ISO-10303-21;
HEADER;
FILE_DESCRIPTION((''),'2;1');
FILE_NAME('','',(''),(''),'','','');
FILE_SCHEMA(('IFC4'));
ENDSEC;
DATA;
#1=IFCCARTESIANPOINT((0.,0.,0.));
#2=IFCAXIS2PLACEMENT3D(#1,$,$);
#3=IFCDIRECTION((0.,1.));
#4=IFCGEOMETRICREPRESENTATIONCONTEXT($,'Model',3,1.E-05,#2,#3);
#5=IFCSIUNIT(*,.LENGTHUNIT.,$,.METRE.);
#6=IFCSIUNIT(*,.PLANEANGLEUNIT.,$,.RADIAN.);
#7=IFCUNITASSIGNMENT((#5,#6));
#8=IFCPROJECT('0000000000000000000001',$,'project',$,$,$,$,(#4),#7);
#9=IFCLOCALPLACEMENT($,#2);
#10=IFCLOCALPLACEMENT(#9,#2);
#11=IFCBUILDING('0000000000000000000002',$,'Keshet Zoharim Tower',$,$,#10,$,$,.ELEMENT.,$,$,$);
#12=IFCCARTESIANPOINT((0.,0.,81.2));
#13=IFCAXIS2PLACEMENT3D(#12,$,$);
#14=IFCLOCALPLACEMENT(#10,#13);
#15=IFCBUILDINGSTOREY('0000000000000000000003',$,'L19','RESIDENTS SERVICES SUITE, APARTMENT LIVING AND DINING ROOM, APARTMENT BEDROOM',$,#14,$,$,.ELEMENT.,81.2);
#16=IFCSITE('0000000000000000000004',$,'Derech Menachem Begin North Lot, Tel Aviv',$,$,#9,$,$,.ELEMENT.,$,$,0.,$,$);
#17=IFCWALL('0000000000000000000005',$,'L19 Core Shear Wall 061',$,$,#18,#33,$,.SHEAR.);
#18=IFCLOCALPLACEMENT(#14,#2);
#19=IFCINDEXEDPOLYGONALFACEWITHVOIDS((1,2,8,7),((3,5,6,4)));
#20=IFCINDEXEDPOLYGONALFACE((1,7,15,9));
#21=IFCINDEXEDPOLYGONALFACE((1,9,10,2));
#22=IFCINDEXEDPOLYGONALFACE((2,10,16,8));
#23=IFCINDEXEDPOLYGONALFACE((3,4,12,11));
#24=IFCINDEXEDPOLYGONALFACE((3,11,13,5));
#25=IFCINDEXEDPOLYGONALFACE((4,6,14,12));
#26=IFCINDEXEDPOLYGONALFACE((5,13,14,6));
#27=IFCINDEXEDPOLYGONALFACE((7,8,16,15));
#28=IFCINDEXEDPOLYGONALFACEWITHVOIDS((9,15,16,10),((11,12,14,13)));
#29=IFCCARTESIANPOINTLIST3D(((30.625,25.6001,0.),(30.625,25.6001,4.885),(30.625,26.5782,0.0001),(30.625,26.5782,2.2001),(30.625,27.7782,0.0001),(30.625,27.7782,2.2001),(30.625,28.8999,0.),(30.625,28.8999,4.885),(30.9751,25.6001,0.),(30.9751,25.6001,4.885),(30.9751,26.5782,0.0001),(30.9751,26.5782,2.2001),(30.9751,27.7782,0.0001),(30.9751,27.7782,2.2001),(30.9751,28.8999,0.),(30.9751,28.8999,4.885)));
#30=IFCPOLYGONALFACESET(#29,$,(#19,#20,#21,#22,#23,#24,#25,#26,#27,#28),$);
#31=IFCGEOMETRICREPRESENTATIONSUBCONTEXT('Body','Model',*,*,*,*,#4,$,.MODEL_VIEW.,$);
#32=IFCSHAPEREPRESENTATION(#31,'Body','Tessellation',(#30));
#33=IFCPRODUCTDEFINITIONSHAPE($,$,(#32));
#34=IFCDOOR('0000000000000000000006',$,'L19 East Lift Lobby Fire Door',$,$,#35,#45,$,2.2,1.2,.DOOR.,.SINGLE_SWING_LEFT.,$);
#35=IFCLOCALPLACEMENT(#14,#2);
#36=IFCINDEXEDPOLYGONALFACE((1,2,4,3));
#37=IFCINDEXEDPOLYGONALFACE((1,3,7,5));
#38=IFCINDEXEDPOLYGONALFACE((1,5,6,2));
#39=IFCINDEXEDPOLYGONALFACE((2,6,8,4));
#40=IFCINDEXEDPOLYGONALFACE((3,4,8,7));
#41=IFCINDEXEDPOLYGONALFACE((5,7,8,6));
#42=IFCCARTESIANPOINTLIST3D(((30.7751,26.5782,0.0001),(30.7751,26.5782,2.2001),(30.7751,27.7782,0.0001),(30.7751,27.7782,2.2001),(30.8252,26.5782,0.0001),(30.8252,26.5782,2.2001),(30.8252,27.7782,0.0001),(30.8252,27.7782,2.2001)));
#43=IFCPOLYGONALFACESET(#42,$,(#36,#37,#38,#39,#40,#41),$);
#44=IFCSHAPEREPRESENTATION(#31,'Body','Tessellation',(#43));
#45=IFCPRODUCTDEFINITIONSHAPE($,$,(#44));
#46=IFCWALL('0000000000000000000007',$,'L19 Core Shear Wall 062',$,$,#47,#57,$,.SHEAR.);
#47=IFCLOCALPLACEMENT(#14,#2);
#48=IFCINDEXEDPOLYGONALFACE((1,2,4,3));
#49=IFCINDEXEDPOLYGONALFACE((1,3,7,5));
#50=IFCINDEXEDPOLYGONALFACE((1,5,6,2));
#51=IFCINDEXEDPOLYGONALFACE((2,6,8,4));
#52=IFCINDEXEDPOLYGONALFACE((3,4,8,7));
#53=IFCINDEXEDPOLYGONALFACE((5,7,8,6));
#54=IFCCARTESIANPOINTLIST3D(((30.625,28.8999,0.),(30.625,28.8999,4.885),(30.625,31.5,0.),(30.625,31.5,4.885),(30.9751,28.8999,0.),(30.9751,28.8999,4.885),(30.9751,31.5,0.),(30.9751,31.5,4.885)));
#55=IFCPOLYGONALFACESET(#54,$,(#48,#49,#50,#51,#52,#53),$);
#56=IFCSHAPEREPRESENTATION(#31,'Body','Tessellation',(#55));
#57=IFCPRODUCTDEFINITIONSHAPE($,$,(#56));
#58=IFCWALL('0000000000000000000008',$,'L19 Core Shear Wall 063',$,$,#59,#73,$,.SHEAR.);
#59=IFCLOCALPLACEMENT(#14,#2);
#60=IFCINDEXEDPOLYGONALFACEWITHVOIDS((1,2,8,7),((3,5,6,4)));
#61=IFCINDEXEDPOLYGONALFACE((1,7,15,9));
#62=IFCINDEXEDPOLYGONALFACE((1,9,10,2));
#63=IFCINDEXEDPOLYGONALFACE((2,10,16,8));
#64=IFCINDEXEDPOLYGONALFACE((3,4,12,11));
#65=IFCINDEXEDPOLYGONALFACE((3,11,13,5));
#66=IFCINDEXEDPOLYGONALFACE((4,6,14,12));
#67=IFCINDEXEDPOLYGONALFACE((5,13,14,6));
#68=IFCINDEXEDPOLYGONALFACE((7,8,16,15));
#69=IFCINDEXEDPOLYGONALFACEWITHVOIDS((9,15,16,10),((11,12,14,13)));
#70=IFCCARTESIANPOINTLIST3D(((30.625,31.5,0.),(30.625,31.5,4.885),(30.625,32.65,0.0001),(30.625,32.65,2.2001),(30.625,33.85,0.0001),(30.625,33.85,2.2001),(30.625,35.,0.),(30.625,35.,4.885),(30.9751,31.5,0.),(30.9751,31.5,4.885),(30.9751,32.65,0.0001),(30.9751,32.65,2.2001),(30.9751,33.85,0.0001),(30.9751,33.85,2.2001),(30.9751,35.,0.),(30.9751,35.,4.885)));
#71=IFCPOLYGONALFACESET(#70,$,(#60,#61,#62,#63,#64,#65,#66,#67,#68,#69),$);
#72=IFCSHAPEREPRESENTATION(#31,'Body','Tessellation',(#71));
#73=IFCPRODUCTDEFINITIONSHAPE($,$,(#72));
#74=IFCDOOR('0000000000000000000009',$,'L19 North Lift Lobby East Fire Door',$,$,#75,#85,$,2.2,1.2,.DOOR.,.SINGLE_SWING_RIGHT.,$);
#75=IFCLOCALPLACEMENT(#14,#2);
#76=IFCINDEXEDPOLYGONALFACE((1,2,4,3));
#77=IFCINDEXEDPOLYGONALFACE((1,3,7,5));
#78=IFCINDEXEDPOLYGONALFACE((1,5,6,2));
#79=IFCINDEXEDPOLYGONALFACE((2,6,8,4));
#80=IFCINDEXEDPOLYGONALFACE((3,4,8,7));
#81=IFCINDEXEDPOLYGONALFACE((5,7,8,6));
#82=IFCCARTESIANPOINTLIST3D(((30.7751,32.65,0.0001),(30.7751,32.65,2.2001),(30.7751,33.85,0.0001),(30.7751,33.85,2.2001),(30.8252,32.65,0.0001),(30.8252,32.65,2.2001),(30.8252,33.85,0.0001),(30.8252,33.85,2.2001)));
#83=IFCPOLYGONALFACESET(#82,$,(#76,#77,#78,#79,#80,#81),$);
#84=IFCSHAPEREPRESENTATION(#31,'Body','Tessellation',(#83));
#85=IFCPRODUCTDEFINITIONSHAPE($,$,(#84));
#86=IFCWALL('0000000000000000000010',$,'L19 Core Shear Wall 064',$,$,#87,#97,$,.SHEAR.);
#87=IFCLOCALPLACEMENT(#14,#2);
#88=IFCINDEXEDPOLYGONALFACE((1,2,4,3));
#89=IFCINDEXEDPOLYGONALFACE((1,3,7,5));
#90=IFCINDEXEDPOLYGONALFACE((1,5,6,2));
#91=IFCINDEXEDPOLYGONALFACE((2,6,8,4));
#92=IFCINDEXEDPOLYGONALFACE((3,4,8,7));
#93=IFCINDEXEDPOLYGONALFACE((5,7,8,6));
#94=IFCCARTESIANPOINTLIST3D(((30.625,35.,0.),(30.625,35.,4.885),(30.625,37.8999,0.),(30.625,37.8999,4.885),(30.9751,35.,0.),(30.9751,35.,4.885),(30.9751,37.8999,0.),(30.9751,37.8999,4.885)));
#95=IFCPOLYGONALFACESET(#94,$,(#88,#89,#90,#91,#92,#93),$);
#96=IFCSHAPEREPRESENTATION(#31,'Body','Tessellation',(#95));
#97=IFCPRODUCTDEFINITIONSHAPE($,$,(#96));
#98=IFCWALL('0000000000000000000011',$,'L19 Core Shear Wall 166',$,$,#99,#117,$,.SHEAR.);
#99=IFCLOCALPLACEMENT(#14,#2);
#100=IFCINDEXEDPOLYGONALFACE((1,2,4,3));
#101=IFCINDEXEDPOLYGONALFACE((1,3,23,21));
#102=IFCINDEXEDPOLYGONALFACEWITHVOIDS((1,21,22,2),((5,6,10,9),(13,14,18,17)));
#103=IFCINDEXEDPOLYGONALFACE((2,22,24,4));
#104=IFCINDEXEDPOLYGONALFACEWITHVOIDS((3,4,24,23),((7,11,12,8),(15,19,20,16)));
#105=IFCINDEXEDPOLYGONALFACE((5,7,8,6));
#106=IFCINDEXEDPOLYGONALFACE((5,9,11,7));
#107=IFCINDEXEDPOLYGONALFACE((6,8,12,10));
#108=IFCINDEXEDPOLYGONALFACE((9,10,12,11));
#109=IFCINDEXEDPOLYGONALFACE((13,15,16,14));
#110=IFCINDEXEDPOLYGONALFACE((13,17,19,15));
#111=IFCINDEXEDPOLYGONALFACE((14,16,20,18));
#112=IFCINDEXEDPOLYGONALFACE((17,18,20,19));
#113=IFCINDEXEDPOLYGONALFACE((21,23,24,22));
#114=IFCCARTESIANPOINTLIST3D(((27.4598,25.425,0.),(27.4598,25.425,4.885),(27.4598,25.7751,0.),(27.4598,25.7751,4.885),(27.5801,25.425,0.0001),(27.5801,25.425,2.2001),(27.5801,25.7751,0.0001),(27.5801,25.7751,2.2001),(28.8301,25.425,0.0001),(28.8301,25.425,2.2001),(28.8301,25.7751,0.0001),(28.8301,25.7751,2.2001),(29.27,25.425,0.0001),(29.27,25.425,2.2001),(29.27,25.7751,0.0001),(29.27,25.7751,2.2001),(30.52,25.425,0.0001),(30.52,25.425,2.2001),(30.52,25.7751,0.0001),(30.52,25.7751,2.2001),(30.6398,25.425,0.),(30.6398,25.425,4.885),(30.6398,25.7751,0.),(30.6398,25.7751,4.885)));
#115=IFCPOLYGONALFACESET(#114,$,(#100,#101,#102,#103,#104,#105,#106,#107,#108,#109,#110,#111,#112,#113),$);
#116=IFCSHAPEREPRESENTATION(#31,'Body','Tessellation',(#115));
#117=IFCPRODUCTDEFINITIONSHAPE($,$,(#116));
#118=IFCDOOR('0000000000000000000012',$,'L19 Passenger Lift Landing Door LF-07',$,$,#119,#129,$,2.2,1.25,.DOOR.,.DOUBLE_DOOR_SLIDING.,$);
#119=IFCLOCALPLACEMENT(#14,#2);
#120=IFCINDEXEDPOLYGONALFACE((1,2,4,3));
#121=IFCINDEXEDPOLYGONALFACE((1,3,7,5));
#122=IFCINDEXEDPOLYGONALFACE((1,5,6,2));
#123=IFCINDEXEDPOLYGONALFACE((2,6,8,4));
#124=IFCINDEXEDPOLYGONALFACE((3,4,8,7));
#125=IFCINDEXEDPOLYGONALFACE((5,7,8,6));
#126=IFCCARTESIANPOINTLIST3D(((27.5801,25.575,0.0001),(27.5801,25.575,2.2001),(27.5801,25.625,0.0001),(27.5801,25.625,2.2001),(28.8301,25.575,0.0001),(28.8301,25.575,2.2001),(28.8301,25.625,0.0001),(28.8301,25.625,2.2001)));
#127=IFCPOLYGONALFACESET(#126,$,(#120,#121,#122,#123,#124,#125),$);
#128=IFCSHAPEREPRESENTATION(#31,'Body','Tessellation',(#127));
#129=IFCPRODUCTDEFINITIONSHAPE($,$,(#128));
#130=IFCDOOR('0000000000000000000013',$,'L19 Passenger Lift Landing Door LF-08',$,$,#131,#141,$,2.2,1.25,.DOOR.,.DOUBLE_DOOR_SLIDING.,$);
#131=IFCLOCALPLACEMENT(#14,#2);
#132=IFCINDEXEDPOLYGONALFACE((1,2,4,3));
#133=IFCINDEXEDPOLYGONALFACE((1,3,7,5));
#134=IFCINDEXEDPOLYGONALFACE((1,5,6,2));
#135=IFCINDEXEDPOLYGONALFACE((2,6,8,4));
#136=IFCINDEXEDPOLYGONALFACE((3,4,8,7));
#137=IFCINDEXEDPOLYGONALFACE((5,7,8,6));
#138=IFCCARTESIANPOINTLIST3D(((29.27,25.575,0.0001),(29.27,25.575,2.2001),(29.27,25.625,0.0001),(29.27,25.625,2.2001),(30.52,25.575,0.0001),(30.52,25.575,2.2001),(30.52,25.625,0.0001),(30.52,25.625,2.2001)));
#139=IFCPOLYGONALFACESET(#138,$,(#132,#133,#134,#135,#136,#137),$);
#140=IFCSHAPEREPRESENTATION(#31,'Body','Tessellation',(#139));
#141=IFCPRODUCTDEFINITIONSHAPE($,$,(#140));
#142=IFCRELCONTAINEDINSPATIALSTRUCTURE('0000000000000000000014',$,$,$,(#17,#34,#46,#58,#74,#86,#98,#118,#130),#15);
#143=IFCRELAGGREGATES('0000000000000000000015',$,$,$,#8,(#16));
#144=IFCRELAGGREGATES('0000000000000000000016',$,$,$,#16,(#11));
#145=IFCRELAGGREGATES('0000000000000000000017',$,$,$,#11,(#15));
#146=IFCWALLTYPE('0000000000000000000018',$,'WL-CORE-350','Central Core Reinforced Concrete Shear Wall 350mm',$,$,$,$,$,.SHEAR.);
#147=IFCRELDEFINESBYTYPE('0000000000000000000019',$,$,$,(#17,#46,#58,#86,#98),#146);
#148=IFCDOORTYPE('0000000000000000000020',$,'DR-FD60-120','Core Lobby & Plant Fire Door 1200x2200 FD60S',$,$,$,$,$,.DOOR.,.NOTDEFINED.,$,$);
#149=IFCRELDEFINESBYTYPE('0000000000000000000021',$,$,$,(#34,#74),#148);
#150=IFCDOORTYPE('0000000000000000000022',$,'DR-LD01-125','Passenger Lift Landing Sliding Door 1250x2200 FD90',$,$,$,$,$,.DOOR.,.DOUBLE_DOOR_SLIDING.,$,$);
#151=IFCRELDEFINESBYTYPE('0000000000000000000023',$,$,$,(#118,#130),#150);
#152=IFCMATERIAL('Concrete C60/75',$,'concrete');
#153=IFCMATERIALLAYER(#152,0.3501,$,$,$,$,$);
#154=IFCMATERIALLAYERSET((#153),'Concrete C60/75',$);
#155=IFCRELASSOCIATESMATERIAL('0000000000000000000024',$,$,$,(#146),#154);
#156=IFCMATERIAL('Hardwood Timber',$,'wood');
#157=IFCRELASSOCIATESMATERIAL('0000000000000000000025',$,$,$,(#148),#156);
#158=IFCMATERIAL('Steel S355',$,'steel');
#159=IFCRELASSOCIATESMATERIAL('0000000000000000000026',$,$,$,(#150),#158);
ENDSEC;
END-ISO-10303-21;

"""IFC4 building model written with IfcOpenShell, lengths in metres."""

from ifc_helpers import new_model, si_unit, direction, frame, frame_2d, origin, place, context, subcontext, project, spatial, rectangle, extrude, material, layer, layer_set, type_object, element, fill, save


model = new_model("IFC4")

# Units and contexts
model_context = context("Model", 3, precision=1e-05, world=origin(), true_north=direction((0.0, 1.0)))
body_context = subcontext(model_context, "Body", "Model", "MODEL_VIEW")
ifc_project = project(units=[si_unit("LENGTHUNIT", "METRE"), si_unit("PLANEANGLEUNIT", "RADIAN")], contexts=[model_context])

# Site, building, storey
site_placement = place(None, origin())
site = spatial("IfcSite", under=ifc_project, at=site_placement, Name="Derech Menachem Begin North Lot, Tel Aviv", CompositionType="ELEMENT", RefElevation=0.0)
building_placement = place(site_placement, origin())
building = spatial("IfcBuilding", under=site, at=building_placement, Name="Keshet Zoharim Tower", CompositionType="ELEMENT")
storey_placement = place(building_placement, frame((0.0, 0.0, 81.2)))
storey = spatial("IfcBuildingStorey", under=building, at=storey_placement, Name="L19", Description="RESIDENTS SERVICES SUITE, APARTMENT LIVING AND DINING ROOM, APARTMENT BEDROOM", CompositionType="ELEMENT", Elevation=81.2)

# Shared definitions
ifc_material_1 = material(Name="Concrete C60/75", Category="concrete")

# Shared definitions
ifc_material_2 = material(Name="Steel S355", Category="steel")

# Shared definitions
ifc_layer_1 = layer(ifc_material_1, 0.3501)
ifc_layer_set_1 = layer_set([ifc_layer_1], Name="Concrete C60/75")
wall_type_1 = type_object("IfcWallType", Name="WL-CORE-350", Description="Central Core Reinforced Concrete Shear Wall 350mm", PredefinedType="SHEAR", material=ifc_layer_set_1)

# Wall, opening, door
wall_1_placement = place(storey_placement, frame((30.8, 25.6001, 0.0), z_axis=(0.0, 0.0, 1.0), x_axis=(0.0, 1.0, 0.0)))
wall_1 = element("IfcWall", 1, at=wall_1_placement, inside=storey, type_object=wall_type_1, Name="L19 Core Shear Wall 061", PredefinedType="SHEAR", context=body_context, shape_type="SweptSolid", body=[
    extrude(rectangle(XDim=3.2998, YDim=0.3501, at=frame_2d((1.6499, 0.0))), origin(), (0.0, 0.0, 1.0), 4.885),
])
opening_1_placement = place(wall_1_placement, frame((0.978, 0.0, 0.0)))
opening_1 = element("IfcOpeningElement", 2, at=opening_1_placement, cuts=wall_1, PredefinedType="OPENING", context=body_context, shape_type="SweptSolid", body=[
    extrude(rectangle(XDim=1.2, YDim=2.2, at=frame_2d((0.6001, 1.1001))), frame((0.0, 0.1851, 0.0), z_axis=(0.0, -1.0, 0.0), x_axis=(1.0, 0.0, 0.0)), (0.0, 0.0, 1.0), 0.3701),
])
ifc_material_3 = material(Name="Hardwood Timber", Category="wood")
door_type_1 = type_object("IfcDoorType", Name="DR-FD60-120", Description="Core Lobby & Plant Fire Door 1200x2200 FD60S", OperationType="NOTDEFINED", PredefinedType="DOOR", material=ifc_material_3)
door_1_placement = place(opening_1_placement, origin())
door_1 = element("IfcDoor", 3, at=door_1_placement, inside=storey, type_object=door_type_1, Name="L19 East Lift Lobby Fire Door", OperationType="SINGLE_SWING_LEFT", OverallHeight=2.2, OverallWidth=1.2, PredefinedType="DOOR", context=body_context, shape_type="SweptSolid", body=[
    extrude(rectangle(XDim=1.2, YDim=2.2, at=frame_2d((0.6001, 1.1001))), frame((0.0, 0.0249, 0.0), z_axis=(0.0, -1.0, 0.0), x_axis=(1.0, 0.0, 0.0)), (0.0, 0.0, 1.0), 0.05),
])
fill(opening_1, door_1)

# Wall
wall_2_placement = place(storey_placement, frame((30.8, 28.8999, 0.0), z_axis=(0.0, 0.0, 1.0), x_axis=(0.0, 1.0, 0.0)))
element("IfcWall", 4, at=wall_2_placement, inside=storey, type_object=wall_type_1, Name="L19 Core Shear Wall 062", PredefinedType="SHEAR", context=body_context, shape_type="SweptSolid", body=[
    extrude(rectangle(XDim=2.6001, YDim=0.3501, at=frame_2d((1.3, 0.0))), origin(), (0.0, 0.0, 1.0), 4.885),
])

# Wall, opening, door
wall_3_placement = place(storey_placement, frame((30.8, 31.5, 0.0), z_axis=(0.0, 0.0, 1.0), x_axis=(0.0, 1.0, 0.0)))
wall_3 = element("IfcWall", 5, at=wall_3_placement, inside=storey, type_object=wall_type_1, Name="L19 Core Shear Wall 063", PredefinedType="SHEAR", context=body_context, shape_type="SweptSolid", body=[
    extrude(rectangle(XDim=3.5, YDim=0.3501, at=frame_2d((1.75, 0.0))), origin(), (0.0, 0.0, 1.0), 4.885),
])
opening_2_placement = place(wall_3_placement, frame((1.1499, 0.0, 0.0)))
opening_2 = element("IfcOpeningElement", 6, at=opening_2_placement, cuts=wall_3, PredefinedType="OPENING", context=body_context, shape_type="SweptSolid", body=[
    extrude(rectangle(XDim=1.2, YDim=2.2, at=frame_2d((0.6001, 1.1001))), frame((0.0, 0.1851, 0.0), z_axis=(0.0, -1.0, 0.0), x_axis=(1.0, 0.0, 0.0)), (0.0, 0.0, 1.0), 0.3701),
])
door_2_placement = place(opening_2_placement, origin())
door_2 = element("IfcDoor", 7, at=door_2_placement, inside=storey, type_object=door_type_1, Name="L19 North Lift Lobby East Fire Door", OperationType="SINGLE_SWING_RIGHT", OverallHeight=2.2, OverallWidth=1.2, PredefinedType="DOOR", context=body_context, shape_type="SweptSolid", body=[
    extrude(rectangle(XDim=1.2, YDim=2.2, at=frame_2d((0.6001, 1.1001))), frame((0.0, 0.0249, 0.0), z_axis=(0.0, -1.0, 0.0), x_axis=(1.0, 0.0, 0.0)), (0.0, 0.0, 1.0), 0.05),
])
fill(opening_2, door_2)

# Wall
wall_4_placement = place(storey_placement, frame((30.8, 35.0, 0.0), z_axis=(0.0, 0.0, 1.0), x_axis=(0.0, 1.0, 0.0)))
element("IfcWall", 8, at=wall_4_placement, inside=storey, type_object=wall_type_1, Name="L19 Core Shear Wall 064", PredefinedType="SHEAR", context=body_context, shape_type="SweptSolid", body=[
    extrude(rectangle(XDim=2.8999, YDim=0.3501, at=frame_2d((1.45, 0.0))), origin(), (0.0, 0.0, 1.0), 4.885),
])

# Wall, openings, doors
wall_5_placement = place(storey_placement, frame((27.46, 25.6001, 0.0), z_axis=(0.0, 0.0, 1.0), x_axis=(1.0, 0.0, 0.0)))
wall_5 = element("IfcWall", 9, at=wall_5_placement, inside=storey, type_object=wall_type_1, Name="L19 Core Shear Wall 166", PredefinedType="SHEAR", context=body_context, shape_type="SweptSolid", body=[
    extrude(rectangle(XDim=3.1799, YDim=0.3501, at=frame_2d((1.5898, 0.0))), origin(), (0.0, 0.0, 1.0), 4.885),
])
opening_3_placement = place(wall_5_placement, frame((0.1201, 0.0, 0.0)))
opening_3 = element("IfcOpeningElement", 10, at=opening_3_placement, cuts=wall_5, PredefinedType="OPENING", context=body_context, shape_type="SweptSolid", body=[
    extrude(rectangle(XDim=1.25, YDim=2.2, at=frame_2d((0.625, 1.1001))), frame((0.0, 0.1851, 0.0), z_axis=(0.0, -1.0, 0.0), x_axis=(1.0, 0.0, 0.0)), (0.0, 0.0, 1.0), 0.3701),
])
opening_4_placement = place(wall_5_placement, frame((1.8101, 0.0, 0.0)))
opening_4 = element("IfcOpeningElement", 11, at=opening_4_placement, cuts=wall_5, PredefinedType="OPENING", context=body_context, shape_type="SweptSolid", body=[
    extrude(rectangle(XDim=1.25, YDim=2.2, at=frame_2d((0.625, 1.1001))), frame((0.0, 0.1851, 0.0), z_axis=(0.0, -1.0, 0.0), x_axis=(1.0, 0.0, 0.0)), (0.0, 0.0, 1.0), 0.3701),
])
door_type_2 = type_object("IfcDoorType", Name="DR-LD01-125", Description="Passenger Lift Landing Sliding Door 1250x2200 FD90", OperationType="DOUBLE_DOOR_SLIDING", PredefinedType="DOOR", material=ifc_material_2)
door_3_placement = place(opening_3_placement, origin())
door_3 = element("IfcDoor", 12, at=door_3_placement, inside=storey, type_object=door_type_2, Name="L19 Passenger Lift Landing Door LF-07", OperationType="DOUBLE_DOOR_SLIDING", OverallHeight=2.2, OverallWidth=1.25, PredefinedType="DOOR", context=body_context, shape_type="SweptSolid", body=[
    extrude(rectangle(XDim=1.25, YDim=2.2, at=frame_2d((0.625, 1.1001))), frame((0.0, 0.0249, 0.0), z_axis=(0.0, -1.0, 0.0), x_axis=(1.0, 0.0, 0.0)), (0.0, 0.0, 1.0), 0.05),
])
fill(opening_3, door_3)
door_4_placement = place(opening_4_placement, origin())
door_4 = element("IfcDoor", 13, at=door_4_placement, inside=storey, type_object=door_type_2, Name="L19 Passenger Lift Landing Door LF-08", OperationType="DOUBLE_DOOR_SLIDING", OverallHeight=2.2, OverallWidth=1.25, PredefinedType="DOOR", context=body_context, shape_type="SweptSolid", body=[
    extrude(rectangle(XDim=1.25, YDim=2.2, at=frame_2d((0.625, 1.1001))), frame((0.0, 0.0249, 0.0), z_axis=(0.0, -1.0, 0.0), x_axis=(1.0, 0.0, 0.0)), (0.0, 0.0, 1.0), 0.05),
])
fill(opening_4, door_4)

save(model, "model.ifc")
